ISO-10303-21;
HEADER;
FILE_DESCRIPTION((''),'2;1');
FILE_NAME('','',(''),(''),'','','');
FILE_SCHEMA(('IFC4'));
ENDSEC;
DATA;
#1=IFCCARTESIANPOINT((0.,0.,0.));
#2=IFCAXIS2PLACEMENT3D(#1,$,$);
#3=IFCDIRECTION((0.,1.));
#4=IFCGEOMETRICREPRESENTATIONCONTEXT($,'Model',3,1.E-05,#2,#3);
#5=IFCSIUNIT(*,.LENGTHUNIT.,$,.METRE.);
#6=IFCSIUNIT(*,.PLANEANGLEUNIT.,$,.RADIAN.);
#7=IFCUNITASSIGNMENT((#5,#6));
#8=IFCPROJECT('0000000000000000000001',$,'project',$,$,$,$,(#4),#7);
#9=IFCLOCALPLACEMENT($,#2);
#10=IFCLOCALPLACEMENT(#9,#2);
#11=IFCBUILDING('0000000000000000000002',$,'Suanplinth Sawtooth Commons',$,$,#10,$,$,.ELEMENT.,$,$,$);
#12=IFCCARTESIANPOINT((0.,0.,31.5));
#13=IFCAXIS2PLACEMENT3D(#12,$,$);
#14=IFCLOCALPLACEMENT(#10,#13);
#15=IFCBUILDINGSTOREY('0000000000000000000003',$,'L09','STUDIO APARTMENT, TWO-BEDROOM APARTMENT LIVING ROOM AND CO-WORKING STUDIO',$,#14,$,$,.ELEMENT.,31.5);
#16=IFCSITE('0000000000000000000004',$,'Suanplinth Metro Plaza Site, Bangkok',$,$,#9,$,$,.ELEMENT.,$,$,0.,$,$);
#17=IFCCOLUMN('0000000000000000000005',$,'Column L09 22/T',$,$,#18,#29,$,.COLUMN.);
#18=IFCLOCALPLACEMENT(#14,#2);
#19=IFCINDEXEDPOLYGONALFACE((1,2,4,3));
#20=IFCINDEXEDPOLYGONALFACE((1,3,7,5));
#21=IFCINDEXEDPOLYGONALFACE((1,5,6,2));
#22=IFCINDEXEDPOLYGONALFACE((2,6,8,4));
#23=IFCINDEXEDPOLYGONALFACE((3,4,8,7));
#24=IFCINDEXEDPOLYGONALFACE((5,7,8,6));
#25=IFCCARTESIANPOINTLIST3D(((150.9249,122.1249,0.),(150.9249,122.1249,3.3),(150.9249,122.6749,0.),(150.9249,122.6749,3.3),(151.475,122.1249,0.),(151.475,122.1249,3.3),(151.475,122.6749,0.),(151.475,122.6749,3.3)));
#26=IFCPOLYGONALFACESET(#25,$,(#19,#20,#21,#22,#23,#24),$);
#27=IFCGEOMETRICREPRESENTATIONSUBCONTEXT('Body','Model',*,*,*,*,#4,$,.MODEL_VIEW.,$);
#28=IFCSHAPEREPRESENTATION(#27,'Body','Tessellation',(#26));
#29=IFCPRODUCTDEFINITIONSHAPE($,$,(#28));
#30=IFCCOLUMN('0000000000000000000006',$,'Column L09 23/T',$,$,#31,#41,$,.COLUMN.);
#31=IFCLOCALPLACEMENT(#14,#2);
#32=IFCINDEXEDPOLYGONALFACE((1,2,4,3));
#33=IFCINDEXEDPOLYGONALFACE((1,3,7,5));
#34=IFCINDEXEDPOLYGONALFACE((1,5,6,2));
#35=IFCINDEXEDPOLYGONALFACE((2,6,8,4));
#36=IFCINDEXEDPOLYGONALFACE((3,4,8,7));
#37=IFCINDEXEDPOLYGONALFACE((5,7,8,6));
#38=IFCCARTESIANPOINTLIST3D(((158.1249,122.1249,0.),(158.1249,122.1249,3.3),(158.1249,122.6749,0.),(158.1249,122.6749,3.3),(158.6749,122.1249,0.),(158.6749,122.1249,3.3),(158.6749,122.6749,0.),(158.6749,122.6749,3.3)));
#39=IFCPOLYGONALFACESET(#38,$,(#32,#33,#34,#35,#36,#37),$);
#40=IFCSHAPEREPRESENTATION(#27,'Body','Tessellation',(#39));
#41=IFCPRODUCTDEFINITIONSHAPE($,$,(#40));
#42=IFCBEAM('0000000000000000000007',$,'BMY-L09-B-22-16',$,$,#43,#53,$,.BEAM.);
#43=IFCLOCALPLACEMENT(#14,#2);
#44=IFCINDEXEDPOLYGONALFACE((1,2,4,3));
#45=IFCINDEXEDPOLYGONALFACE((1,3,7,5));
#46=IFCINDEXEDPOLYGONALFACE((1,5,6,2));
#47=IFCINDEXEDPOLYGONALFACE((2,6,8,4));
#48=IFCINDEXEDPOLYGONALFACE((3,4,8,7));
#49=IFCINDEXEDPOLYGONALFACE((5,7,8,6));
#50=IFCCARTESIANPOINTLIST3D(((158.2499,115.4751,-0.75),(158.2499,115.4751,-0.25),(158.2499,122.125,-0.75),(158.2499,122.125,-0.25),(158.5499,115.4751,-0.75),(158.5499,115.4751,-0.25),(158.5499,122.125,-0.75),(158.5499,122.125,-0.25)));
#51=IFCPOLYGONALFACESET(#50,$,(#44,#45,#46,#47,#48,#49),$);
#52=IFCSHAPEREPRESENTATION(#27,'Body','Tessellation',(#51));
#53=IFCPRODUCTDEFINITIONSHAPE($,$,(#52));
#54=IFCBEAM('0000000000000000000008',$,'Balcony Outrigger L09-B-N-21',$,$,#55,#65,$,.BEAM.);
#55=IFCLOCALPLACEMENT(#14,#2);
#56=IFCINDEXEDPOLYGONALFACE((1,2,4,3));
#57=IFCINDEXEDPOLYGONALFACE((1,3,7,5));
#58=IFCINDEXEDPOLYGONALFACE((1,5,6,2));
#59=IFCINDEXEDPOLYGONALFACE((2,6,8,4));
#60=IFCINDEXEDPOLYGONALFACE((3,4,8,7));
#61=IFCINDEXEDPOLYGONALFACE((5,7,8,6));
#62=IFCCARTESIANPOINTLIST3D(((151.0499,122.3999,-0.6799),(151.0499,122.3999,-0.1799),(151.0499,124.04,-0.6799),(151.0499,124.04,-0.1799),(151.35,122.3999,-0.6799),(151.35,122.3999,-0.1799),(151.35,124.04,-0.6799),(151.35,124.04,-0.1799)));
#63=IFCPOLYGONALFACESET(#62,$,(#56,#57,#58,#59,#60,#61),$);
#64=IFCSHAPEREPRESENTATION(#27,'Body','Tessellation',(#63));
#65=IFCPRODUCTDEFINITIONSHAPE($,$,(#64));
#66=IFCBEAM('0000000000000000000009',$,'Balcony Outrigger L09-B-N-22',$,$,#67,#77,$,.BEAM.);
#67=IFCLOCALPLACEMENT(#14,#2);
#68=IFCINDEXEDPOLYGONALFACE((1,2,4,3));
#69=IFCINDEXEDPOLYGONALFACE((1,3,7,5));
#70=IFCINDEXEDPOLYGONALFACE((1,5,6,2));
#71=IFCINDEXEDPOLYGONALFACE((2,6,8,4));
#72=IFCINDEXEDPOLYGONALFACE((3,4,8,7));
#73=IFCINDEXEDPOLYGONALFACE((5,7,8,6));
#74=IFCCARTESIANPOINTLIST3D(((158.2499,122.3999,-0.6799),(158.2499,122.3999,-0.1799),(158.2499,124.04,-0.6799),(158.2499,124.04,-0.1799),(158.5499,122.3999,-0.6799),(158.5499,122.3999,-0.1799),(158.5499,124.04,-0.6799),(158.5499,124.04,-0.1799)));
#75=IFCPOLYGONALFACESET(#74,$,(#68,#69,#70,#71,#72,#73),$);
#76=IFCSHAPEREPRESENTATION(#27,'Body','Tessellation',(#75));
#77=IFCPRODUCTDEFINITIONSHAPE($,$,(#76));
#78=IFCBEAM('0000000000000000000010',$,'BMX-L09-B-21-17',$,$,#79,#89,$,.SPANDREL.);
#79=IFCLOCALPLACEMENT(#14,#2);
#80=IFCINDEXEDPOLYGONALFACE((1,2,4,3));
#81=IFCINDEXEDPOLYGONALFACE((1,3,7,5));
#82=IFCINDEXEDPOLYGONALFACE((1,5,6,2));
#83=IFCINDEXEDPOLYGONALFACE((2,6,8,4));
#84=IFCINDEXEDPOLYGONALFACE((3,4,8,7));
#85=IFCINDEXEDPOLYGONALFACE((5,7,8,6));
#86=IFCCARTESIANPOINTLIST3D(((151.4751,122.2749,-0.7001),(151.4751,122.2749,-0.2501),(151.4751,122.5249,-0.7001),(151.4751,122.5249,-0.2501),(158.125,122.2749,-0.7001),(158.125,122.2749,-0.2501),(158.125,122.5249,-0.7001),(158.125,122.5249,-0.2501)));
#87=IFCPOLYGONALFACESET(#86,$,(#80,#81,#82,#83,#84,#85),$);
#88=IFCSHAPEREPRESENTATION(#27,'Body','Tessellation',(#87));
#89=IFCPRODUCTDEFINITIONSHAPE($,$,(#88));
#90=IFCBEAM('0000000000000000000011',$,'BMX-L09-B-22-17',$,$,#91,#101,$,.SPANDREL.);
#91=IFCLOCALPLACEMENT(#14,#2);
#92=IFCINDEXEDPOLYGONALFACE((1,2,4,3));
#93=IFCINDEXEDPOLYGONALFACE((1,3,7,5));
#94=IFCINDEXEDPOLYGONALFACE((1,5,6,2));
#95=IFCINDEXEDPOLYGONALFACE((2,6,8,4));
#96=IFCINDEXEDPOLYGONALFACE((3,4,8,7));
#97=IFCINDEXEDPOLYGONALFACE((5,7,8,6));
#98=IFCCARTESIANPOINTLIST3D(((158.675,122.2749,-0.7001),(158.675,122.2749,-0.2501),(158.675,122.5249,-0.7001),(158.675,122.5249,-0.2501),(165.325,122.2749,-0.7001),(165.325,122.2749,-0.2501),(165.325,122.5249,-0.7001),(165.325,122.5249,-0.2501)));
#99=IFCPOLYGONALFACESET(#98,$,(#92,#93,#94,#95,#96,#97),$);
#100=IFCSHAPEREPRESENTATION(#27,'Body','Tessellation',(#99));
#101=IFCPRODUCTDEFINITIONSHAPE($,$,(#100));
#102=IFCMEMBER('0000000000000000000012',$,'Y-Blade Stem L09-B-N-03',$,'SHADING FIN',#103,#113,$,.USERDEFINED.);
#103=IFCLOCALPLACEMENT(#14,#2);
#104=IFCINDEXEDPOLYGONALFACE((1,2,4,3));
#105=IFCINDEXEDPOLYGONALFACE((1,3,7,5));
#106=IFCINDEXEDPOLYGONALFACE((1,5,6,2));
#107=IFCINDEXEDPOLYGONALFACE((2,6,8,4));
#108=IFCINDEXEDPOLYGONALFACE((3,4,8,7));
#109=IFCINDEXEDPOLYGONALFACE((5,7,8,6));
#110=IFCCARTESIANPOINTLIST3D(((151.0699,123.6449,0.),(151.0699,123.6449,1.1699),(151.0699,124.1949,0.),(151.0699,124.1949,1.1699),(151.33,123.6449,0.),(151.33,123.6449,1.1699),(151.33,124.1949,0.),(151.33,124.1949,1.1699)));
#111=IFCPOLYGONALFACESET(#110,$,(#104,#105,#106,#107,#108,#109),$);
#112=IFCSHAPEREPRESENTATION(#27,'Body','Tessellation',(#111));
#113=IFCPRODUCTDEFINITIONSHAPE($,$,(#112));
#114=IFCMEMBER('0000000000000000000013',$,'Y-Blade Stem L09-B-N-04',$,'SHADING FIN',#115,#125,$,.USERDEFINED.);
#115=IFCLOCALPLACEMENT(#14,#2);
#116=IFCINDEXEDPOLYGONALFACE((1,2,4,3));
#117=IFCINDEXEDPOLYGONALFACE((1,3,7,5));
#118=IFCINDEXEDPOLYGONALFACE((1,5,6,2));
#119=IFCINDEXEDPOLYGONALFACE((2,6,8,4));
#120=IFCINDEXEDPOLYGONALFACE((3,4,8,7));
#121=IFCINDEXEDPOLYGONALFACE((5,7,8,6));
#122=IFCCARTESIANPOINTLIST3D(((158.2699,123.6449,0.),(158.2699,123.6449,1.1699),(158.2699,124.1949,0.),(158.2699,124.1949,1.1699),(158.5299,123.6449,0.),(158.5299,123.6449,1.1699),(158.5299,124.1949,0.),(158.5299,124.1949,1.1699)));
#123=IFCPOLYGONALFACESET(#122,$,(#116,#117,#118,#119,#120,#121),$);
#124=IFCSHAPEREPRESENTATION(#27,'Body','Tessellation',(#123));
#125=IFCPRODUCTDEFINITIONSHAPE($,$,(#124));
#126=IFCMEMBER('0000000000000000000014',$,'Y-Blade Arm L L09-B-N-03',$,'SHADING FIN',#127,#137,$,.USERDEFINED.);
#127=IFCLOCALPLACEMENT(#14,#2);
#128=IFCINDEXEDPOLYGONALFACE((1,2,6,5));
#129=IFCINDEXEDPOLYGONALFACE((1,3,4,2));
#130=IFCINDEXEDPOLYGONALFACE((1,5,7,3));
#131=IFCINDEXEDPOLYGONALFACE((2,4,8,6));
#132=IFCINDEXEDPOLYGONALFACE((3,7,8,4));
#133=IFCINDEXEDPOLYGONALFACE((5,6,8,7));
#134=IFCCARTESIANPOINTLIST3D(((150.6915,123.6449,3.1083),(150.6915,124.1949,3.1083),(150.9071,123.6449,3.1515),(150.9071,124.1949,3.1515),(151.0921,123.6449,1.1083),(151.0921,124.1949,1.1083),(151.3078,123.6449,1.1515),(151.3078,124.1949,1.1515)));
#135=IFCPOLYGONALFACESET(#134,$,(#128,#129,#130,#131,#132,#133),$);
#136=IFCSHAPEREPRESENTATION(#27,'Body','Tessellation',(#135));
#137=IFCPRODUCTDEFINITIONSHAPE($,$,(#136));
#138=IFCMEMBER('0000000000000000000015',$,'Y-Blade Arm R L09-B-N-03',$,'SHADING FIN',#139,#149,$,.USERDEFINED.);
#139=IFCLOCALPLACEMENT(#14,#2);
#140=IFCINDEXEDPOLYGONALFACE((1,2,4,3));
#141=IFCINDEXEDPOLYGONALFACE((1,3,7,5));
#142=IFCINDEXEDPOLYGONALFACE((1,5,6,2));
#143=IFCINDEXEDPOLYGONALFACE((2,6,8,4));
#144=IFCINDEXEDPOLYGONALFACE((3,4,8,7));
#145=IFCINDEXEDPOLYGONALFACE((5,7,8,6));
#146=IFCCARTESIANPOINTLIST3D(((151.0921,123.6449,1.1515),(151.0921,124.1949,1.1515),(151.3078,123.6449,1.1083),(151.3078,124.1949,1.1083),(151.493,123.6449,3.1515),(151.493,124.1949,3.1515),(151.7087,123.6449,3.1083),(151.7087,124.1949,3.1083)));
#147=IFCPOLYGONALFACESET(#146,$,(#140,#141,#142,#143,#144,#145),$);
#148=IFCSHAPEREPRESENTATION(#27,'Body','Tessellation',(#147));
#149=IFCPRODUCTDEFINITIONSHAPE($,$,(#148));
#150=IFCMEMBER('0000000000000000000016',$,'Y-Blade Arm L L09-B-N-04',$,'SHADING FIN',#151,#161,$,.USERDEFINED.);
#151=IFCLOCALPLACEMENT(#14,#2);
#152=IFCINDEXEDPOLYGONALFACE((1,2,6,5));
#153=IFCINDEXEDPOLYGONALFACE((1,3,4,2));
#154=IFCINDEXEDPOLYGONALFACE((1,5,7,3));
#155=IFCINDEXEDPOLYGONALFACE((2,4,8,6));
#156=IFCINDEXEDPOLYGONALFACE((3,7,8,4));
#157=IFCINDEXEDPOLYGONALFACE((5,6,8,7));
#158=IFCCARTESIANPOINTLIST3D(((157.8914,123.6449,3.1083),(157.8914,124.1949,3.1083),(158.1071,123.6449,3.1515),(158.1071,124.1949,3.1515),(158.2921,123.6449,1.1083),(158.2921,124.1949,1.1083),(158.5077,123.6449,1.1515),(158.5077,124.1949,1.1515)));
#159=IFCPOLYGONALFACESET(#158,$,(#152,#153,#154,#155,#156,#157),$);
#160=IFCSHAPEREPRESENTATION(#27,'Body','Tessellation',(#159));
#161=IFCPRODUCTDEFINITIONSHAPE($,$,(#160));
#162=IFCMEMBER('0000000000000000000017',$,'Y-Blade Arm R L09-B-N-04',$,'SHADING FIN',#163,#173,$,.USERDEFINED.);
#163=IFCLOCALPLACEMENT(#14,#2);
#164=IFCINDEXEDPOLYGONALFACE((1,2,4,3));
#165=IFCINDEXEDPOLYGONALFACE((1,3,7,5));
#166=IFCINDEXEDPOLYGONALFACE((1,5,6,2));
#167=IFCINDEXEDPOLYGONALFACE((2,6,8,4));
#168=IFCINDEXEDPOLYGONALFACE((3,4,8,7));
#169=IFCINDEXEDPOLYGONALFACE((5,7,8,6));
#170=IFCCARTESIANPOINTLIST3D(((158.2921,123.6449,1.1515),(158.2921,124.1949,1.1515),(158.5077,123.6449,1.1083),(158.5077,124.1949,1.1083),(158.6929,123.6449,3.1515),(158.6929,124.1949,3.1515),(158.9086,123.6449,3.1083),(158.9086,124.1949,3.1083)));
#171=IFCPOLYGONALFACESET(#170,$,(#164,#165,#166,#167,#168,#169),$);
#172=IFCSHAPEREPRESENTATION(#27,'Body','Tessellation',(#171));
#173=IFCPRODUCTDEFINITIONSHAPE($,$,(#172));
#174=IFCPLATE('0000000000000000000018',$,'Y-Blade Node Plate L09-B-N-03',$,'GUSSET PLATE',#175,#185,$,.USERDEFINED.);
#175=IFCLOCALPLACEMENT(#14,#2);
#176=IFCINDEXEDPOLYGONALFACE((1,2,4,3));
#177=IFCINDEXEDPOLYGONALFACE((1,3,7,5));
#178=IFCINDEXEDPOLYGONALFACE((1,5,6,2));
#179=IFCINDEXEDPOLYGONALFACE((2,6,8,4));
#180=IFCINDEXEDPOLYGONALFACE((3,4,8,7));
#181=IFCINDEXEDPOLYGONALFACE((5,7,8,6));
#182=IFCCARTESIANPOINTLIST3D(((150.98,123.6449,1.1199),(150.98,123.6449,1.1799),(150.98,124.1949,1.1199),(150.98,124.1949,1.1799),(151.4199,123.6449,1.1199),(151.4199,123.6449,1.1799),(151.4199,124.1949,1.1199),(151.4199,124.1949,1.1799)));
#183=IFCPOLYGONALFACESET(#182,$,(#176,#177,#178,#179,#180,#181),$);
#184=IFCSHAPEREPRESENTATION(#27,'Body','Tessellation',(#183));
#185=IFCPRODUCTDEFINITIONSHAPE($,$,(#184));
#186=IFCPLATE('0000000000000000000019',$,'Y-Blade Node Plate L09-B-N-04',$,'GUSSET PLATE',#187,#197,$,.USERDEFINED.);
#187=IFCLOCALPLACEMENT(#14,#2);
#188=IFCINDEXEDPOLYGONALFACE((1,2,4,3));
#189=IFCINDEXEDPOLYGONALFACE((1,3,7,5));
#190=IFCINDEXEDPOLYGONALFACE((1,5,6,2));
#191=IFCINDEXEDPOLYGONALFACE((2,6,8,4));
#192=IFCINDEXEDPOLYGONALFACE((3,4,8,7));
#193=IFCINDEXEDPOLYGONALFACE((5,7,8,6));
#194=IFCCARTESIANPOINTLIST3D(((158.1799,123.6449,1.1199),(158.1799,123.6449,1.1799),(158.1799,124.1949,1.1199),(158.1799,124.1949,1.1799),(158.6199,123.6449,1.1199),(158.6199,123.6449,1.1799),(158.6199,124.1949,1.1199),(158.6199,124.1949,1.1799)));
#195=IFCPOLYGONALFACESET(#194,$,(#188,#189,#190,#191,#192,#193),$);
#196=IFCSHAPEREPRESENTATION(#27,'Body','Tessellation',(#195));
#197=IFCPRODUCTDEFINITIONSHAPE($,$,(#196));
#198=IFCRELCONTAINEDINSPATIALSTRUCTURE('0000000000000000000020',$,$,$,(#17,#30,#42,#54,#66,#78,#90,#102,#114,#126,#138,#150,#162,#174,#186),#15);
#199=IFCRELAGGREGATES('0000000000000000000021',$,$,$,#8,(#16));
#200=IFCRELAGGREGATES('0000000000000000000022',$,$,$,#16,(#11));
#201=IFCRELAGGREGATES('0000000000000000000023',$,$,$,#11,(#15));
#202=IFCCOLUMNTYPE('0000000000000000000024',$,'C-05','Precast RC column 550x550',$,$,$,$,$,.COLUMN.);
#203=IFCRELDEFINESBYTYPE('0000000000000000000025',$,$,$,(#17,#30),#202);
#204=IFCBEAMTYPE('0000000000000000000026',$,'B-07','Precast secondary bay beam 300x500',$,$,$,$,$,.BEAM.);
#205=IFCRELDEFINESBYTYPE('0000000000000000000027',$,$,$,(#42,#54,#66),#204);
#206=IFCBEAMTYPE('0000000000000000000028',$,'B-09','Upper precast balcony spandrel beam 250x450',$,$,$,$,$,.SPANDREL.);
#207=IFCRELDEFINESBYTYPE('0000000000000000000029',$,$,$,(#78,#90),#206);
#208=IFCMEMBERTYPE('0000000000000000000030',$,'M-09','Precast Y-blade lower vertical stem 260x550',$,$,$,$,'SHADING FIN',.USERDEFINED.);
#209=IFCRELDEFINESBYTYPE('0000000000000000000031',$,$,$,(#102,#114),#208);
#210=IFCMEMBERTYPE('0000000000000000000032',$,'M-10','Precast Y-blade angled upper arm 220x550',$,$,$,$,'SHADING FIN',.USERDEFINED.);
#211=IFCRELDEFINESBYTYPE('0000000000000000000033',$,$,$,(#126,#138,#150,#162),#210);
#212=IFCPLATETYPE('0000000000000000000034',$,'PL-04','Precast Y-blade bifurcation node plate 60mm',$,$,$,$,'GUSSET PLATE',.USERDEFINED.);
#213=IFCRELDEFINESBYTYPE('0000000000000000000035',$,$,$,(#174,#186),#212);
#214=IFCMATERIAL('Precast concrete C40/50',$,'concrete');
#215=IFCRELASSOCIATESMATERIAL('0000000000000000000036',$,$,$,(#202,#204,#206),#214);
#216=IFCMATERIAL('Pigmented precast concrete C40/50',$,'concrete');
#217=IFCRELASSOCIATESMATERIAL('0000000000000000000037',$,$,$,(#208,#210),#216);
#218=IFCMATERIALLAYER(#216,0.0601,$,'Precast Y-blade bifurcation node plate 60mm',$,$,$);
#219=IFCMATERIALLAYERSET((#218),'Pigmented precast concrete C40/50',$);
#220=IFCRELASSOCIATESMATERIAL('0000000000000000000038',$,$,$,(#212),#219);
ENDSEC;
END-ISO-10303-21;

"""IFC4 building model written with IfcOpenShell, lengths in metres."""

from ifc_helpers import new_model, si_unit, direction, frame, origin, origin_2d, place, context, subcontext, project, spatial, rectangle, extrude, material, layer, layer_set, material_profile, profile_set, type_object, element, save


model = new_model("IFC4")

# Units and contexts
model_context = context("Model", 3, precision=1e-05, world=origin(), true_north=direction((0.0, 1.0)))
body_context = subcontext(model_context, "Body", "Model", "MODEL_VIEW")
ifc_project = project(units=[si_unit("LENGTHUNIT", "METRE"), si_unit("PLANEANGLEUNIT", "RADIAN")], contexts=[model_context])

# Site, building, storey
site_placement = place(None, origin())
site = spatial("IfcSite", under=ifc_project, at=site_placement, Name="Suanplinth Metro Plaza Site, Bangkok", CompositionType="ELEMENT", RefElevation=0.0)
building_placement = place(site_placement, origin())
building = spatial("IfcBuilding", under=site, at=building_placement, Name="Suanplinth Sawtooth Commons", CompositionType="ELEMENT")
storey_placement = place(building_placement, frame((0.0, 0.0, 31.5)))
storey = spatial("IfcBuildingStorey", under=building, at=storey_placement, Name="L09", Description="STUDIO APARTMENT, TWO-BEDROOM APARTMENT LIVING ROOM AND CO-WORKING STUDIO", CompositionType="ELEMENT", Elevation=31.5)

# Columns
ifc_material_1 = material(Name="Precast concrete C40/50", Category="concrete")
ifc_material_profile_1 = material_profile(ifc_material_1, rectangle(XDim=0.55, YDim=0.55, at=origin_2d()), Name="PC-COL 550x550")
ifc_profile_set_1 = profile_set([ifc_material_profile_1], Name="Precast concrete C40/50")
column_type = type_object("IfcColumnType", Name="C-05", Description="Precast RC column 550x550", PredefinedType="COLUMN", material=ifc_profile_set_1)
for number, where, z_axis, x_axis, name in (
    (1, (151.2, 122.3999, 0.0), (0.0, 0.0, 1.0), (1.0, 0.0, 0.0), "Column L09 22/T"),
    (2, (158.3999, 122.3999, 0.0), (0.0, 0.0, 1.0), (1.0, 0.0, 0.0), "Column L09 23/T"),
):
    element("IfcColumn", number, at=place(storey_placement, frame(where, z_axis=z_axis, x_axis=x_axis)), inside=storey, type_object=column_type, Name=name, PredefinedType="COLUMN", context=body_context, shape_type="SweptSolid", body=[
        extrude(rectangle(XDim=0.55, YDim=0.55, at=origin_2d()), origin(), (0.0, 0.0, 1.0), 3.3),
    ])

# Beams
ifc_material_profile_2 = material_profile(ifc_material_1, rectangle(XDim=0.3, YDim=0.5, at=origin_2d()), Name="PC-BM 300x500")
ifc_profile_set_2 = profile_set([ifc_material_profile_2], Name="Precast concrete C40/50")
beam_type_1 = type_object("IfcBeamType", Name="B-07", Description="Precast secondary bay beam 300x500", PredefinedType="BEAM", material=ifc_profile_set_2)
beam_placement = place(storey_placement, frame((158.3999, 115.4751, -0.5), z_axis=(0.0, 1.0, 0.0), x_axis=(-1.0, 0.0, 0.0)))
element("IfcBeam", 3, at=beam_placement, inside=storey, type_object=beam_type_1, Name="BMY-L09-B-22-16", PredefinedType="BEAM", context=body_context, shape_type="SweptSolid", body=[
    extrude(rectangle(XDim=0.3, YDim=0.5, at=origin_2d()), origin(), (0.0, 0.0, 1.0), 6.6499),
])
for number, where, z_axis, x_axis, name in (
    (4, (151.2, 122.3999, -0.4299), (0.0, 1.0, 0.0), (-1.0, 0.0, 0.0), "Balcony Outrigger L09-B-N-21"),
    (5, (158.3999, 122.3999, -0.4299), (0.0, 1.0, 0.0), (-1.0, 0.0, 0.0), "Balcony Outrigger L09-B-N-22"),
):
    element("IfcBeam", number, at=place(storey_placement, frame(where, z_axis=z_axis, x_axis=x_axis)), inside=storey, type_object=beam_type_1, Name=name, PredefinedType="BEAM", context=body_context, shape_type="SweptSolid", body=[
        extrude(rectangle(XDim=0.3, YDim=0.5, at=origin_2d()), origin(), (0.0, 0.0, 1.0), 1.6401),
    ])
ifc_material_profile_3 = material_profile(ifc_material_1, rectangle(XDim=0.25, YDim=0.45, at=origin_2d()), Name="PC-SP 250x450")
ifc_profile_set_3 = profile_set([ifc_material_profile_3], Name="Precast concrete C40/50")
beam_type_2 = type_object("IfcBeamType", Name="B-09", Description="Upper precast balcony spandrel beam 250x450", PredefinedType="SPANDREL", material=ifc_profile_set_3)
for number, where, z_axis, x_axis, name in (
    (6, (151.4751, 122.3999, -0.4751), (1.0, 0.0, 0.0), (0.0, 1.0, 0.0), "BMX-L09-B-21-17"),
    (7, (158.675, 122.3999, -0.4751), (1.0, 0.0, 0.0), (0.0, 1.0, 0.0), "BMX-L09-B-22-17"),
):
    element("IfcBeam", number, at=place(storey_placement, frame(where, z_axis=z_axis, x_axis=x_axis)), inside=storey, type_object=beam_type_2, Name=name, PredefinedType="SPANDREL", context=body_context, shape_type="SweptSolid", body=[
        extrude(rectangle(XDim=0.25, YDim=0.45, at=origin_2d()), origin(), (0.0, 0.0, 1.0), 6.6499),
    ])

# Members
ifc_material_2 = material(Name="Pigmented precast concrete C40/50", Category="concrete")
ifc_material_profile_4 = material_profile(ifc_material_2, rectangle(XDim=0.26, YDim=0.55, at=origin_2d()), Name="PC-FIN 260x550")
ifc_profile_set_4 = profile_set([ifc_material_profile_4], Name="Pigmented precast concrete C40/50")
member_type_1 = type_object("IfcMemberType", Name="M-09", Description="Precast Y-blade lower vertical stem 260x550", ElementType="SHADING FIN", PredefinedType="USERDEFINED", material=ifc_profile_set_4)
for number, where, z_axis, x_axis, name in (
    (8, (151.2, 123.9199, 0.0), (0.0, 0.0, 1.0), (1.0, 0.0, 0.0), "Y-Blade Stem L09-B-N-03"),
    (9, (158.3999, 123.9199, 0.0), (0.0, 0.0, 1.0), (1.0, 0.0, 0.0), "Y-Blade Stem L09-B-N-04"),
):
    element("IfcMember", number, at=place(storey_placement, frame(where, z_axis=z_axis, x_axis=x_axis)), inside=storey, type_object=member_type_1, Name=name, ObjectType="SHADING FIN", PredefinedType="USERDEFINED", context=body_context, shape_type="SweptSolid", body=[
        extrude(rectangle(XDim=0.26, YDim=0.55, at=origin_2d()), origin(), (0.0, 0.0, 1.0), 1.1699),
    ])
ifc_material_profile_5 = material_profile(ifc_material_2, rectangle(XDim=0.22, YDim=0.55, at=origin_2d()), Name="PC-FIN 220x550")
ifc_profile_set_5 = profile_set([ifc_material_profile_5], Name="Pigmented precast concrete C40/50")
member_type_2 = type_object("IfcMemberType", Name="M-10", Description="Precast Y-blade angled upper arm 220x550", ElementType="SHADING FIN", PredefinedType="USERDEFINED", material=ifc_profile_set_5)
for number, where, z_axis, x_axis, name in (
    (10, (151.2, 123.9199, 1.1299), (-0.196415, 0.0, 0.980521), (0.980521, 0.0, 0.196415), "Y-Blade Arm L L09-B-N-03"),
    (11, (151.2, 123.9199, 1.1299), (0.19653, 0.0, 0.980498), (-0.980498, 0.0, 0.19653), "Y-Blade Arm R L09-B-N-03"),
    (12, (158.3999, 123.9199, 1.1299), (-0.196415, 0.0, 0.980521), (0.980521, 0.0, 0.196415), "Y-Blade Arm L L09-B-N-04"),
    (13, (158.3999, 123.9199, 1.1299), (0.19653, 0.0, 0.980498), (-0.980498, 0.0, 0.19653), "Y-Blade Arm R L09-B-N-04"),
):
    element("IfcMember", number, at=place(storey_placement, frame(where, z_axis=z_axis, x_axis=x_axis)), inside=storey, type_object=member_type_2, Name=name, ObjectType="SHADING FIN", PredefinedType="USERDEFINED", context=body_context, shape_type="SweptSolid", body=[
        extrude(rectangle(XDim=0.22, YDim=0.55, at=origin_2d()), origin(), (0.0, 0.0, 1.0), 2.0398),
    ])

# Plates
ifc_layer_1 = layer(ifc_material_2, 0.0601, Name="Precast Y-blade bifurcation node plate 60mm")
ifc_layer_set_1 = layer_set([ifc_layer_1], Name="Pigmented precast concrete C40/50")
plate_type = type_object("IfcPlateType", Name="PL-04", Description="Precast Y-blade bifurcation node plate 60mm", ElementType="GUSSET PLATE", PredefinedType="USERDEFINED", material=ifc_layer_set_1)
for number, where, z_axis, x_axis, name in (
    (14, (151.2, 123.9199, 1.1199), (0.0, 0.0, 1.0), (1.0, 0.0, 0.0), "Y-Blade Node Plate L09-B-N-03"),
    (15, (158.3999, 123.9199, 1.1199), (0.0, 0.0, 1.0), (1.0, 0.0, 0.0), "Y-Blade Node Plate L09-B-N-04"),
):
    element("IfcPlate", number, at=place(storey_placement, frame(where, z_axis=z_axis, x_axis=x_axis)), inside=storey, type_object=plate_type, Name=name, ObjectType="GUSSET PLATE", PredefinedType="USERDEFINED", context=body_context, shape_type="SweptSolid", body=[
        extrude(rectangle(XDim=0.4399, YDim=0.55, at=origin_2d()), origin(), (0.0, 0.0, 1.0), 0.0601),
    ])

save(model, "model.ifc")
